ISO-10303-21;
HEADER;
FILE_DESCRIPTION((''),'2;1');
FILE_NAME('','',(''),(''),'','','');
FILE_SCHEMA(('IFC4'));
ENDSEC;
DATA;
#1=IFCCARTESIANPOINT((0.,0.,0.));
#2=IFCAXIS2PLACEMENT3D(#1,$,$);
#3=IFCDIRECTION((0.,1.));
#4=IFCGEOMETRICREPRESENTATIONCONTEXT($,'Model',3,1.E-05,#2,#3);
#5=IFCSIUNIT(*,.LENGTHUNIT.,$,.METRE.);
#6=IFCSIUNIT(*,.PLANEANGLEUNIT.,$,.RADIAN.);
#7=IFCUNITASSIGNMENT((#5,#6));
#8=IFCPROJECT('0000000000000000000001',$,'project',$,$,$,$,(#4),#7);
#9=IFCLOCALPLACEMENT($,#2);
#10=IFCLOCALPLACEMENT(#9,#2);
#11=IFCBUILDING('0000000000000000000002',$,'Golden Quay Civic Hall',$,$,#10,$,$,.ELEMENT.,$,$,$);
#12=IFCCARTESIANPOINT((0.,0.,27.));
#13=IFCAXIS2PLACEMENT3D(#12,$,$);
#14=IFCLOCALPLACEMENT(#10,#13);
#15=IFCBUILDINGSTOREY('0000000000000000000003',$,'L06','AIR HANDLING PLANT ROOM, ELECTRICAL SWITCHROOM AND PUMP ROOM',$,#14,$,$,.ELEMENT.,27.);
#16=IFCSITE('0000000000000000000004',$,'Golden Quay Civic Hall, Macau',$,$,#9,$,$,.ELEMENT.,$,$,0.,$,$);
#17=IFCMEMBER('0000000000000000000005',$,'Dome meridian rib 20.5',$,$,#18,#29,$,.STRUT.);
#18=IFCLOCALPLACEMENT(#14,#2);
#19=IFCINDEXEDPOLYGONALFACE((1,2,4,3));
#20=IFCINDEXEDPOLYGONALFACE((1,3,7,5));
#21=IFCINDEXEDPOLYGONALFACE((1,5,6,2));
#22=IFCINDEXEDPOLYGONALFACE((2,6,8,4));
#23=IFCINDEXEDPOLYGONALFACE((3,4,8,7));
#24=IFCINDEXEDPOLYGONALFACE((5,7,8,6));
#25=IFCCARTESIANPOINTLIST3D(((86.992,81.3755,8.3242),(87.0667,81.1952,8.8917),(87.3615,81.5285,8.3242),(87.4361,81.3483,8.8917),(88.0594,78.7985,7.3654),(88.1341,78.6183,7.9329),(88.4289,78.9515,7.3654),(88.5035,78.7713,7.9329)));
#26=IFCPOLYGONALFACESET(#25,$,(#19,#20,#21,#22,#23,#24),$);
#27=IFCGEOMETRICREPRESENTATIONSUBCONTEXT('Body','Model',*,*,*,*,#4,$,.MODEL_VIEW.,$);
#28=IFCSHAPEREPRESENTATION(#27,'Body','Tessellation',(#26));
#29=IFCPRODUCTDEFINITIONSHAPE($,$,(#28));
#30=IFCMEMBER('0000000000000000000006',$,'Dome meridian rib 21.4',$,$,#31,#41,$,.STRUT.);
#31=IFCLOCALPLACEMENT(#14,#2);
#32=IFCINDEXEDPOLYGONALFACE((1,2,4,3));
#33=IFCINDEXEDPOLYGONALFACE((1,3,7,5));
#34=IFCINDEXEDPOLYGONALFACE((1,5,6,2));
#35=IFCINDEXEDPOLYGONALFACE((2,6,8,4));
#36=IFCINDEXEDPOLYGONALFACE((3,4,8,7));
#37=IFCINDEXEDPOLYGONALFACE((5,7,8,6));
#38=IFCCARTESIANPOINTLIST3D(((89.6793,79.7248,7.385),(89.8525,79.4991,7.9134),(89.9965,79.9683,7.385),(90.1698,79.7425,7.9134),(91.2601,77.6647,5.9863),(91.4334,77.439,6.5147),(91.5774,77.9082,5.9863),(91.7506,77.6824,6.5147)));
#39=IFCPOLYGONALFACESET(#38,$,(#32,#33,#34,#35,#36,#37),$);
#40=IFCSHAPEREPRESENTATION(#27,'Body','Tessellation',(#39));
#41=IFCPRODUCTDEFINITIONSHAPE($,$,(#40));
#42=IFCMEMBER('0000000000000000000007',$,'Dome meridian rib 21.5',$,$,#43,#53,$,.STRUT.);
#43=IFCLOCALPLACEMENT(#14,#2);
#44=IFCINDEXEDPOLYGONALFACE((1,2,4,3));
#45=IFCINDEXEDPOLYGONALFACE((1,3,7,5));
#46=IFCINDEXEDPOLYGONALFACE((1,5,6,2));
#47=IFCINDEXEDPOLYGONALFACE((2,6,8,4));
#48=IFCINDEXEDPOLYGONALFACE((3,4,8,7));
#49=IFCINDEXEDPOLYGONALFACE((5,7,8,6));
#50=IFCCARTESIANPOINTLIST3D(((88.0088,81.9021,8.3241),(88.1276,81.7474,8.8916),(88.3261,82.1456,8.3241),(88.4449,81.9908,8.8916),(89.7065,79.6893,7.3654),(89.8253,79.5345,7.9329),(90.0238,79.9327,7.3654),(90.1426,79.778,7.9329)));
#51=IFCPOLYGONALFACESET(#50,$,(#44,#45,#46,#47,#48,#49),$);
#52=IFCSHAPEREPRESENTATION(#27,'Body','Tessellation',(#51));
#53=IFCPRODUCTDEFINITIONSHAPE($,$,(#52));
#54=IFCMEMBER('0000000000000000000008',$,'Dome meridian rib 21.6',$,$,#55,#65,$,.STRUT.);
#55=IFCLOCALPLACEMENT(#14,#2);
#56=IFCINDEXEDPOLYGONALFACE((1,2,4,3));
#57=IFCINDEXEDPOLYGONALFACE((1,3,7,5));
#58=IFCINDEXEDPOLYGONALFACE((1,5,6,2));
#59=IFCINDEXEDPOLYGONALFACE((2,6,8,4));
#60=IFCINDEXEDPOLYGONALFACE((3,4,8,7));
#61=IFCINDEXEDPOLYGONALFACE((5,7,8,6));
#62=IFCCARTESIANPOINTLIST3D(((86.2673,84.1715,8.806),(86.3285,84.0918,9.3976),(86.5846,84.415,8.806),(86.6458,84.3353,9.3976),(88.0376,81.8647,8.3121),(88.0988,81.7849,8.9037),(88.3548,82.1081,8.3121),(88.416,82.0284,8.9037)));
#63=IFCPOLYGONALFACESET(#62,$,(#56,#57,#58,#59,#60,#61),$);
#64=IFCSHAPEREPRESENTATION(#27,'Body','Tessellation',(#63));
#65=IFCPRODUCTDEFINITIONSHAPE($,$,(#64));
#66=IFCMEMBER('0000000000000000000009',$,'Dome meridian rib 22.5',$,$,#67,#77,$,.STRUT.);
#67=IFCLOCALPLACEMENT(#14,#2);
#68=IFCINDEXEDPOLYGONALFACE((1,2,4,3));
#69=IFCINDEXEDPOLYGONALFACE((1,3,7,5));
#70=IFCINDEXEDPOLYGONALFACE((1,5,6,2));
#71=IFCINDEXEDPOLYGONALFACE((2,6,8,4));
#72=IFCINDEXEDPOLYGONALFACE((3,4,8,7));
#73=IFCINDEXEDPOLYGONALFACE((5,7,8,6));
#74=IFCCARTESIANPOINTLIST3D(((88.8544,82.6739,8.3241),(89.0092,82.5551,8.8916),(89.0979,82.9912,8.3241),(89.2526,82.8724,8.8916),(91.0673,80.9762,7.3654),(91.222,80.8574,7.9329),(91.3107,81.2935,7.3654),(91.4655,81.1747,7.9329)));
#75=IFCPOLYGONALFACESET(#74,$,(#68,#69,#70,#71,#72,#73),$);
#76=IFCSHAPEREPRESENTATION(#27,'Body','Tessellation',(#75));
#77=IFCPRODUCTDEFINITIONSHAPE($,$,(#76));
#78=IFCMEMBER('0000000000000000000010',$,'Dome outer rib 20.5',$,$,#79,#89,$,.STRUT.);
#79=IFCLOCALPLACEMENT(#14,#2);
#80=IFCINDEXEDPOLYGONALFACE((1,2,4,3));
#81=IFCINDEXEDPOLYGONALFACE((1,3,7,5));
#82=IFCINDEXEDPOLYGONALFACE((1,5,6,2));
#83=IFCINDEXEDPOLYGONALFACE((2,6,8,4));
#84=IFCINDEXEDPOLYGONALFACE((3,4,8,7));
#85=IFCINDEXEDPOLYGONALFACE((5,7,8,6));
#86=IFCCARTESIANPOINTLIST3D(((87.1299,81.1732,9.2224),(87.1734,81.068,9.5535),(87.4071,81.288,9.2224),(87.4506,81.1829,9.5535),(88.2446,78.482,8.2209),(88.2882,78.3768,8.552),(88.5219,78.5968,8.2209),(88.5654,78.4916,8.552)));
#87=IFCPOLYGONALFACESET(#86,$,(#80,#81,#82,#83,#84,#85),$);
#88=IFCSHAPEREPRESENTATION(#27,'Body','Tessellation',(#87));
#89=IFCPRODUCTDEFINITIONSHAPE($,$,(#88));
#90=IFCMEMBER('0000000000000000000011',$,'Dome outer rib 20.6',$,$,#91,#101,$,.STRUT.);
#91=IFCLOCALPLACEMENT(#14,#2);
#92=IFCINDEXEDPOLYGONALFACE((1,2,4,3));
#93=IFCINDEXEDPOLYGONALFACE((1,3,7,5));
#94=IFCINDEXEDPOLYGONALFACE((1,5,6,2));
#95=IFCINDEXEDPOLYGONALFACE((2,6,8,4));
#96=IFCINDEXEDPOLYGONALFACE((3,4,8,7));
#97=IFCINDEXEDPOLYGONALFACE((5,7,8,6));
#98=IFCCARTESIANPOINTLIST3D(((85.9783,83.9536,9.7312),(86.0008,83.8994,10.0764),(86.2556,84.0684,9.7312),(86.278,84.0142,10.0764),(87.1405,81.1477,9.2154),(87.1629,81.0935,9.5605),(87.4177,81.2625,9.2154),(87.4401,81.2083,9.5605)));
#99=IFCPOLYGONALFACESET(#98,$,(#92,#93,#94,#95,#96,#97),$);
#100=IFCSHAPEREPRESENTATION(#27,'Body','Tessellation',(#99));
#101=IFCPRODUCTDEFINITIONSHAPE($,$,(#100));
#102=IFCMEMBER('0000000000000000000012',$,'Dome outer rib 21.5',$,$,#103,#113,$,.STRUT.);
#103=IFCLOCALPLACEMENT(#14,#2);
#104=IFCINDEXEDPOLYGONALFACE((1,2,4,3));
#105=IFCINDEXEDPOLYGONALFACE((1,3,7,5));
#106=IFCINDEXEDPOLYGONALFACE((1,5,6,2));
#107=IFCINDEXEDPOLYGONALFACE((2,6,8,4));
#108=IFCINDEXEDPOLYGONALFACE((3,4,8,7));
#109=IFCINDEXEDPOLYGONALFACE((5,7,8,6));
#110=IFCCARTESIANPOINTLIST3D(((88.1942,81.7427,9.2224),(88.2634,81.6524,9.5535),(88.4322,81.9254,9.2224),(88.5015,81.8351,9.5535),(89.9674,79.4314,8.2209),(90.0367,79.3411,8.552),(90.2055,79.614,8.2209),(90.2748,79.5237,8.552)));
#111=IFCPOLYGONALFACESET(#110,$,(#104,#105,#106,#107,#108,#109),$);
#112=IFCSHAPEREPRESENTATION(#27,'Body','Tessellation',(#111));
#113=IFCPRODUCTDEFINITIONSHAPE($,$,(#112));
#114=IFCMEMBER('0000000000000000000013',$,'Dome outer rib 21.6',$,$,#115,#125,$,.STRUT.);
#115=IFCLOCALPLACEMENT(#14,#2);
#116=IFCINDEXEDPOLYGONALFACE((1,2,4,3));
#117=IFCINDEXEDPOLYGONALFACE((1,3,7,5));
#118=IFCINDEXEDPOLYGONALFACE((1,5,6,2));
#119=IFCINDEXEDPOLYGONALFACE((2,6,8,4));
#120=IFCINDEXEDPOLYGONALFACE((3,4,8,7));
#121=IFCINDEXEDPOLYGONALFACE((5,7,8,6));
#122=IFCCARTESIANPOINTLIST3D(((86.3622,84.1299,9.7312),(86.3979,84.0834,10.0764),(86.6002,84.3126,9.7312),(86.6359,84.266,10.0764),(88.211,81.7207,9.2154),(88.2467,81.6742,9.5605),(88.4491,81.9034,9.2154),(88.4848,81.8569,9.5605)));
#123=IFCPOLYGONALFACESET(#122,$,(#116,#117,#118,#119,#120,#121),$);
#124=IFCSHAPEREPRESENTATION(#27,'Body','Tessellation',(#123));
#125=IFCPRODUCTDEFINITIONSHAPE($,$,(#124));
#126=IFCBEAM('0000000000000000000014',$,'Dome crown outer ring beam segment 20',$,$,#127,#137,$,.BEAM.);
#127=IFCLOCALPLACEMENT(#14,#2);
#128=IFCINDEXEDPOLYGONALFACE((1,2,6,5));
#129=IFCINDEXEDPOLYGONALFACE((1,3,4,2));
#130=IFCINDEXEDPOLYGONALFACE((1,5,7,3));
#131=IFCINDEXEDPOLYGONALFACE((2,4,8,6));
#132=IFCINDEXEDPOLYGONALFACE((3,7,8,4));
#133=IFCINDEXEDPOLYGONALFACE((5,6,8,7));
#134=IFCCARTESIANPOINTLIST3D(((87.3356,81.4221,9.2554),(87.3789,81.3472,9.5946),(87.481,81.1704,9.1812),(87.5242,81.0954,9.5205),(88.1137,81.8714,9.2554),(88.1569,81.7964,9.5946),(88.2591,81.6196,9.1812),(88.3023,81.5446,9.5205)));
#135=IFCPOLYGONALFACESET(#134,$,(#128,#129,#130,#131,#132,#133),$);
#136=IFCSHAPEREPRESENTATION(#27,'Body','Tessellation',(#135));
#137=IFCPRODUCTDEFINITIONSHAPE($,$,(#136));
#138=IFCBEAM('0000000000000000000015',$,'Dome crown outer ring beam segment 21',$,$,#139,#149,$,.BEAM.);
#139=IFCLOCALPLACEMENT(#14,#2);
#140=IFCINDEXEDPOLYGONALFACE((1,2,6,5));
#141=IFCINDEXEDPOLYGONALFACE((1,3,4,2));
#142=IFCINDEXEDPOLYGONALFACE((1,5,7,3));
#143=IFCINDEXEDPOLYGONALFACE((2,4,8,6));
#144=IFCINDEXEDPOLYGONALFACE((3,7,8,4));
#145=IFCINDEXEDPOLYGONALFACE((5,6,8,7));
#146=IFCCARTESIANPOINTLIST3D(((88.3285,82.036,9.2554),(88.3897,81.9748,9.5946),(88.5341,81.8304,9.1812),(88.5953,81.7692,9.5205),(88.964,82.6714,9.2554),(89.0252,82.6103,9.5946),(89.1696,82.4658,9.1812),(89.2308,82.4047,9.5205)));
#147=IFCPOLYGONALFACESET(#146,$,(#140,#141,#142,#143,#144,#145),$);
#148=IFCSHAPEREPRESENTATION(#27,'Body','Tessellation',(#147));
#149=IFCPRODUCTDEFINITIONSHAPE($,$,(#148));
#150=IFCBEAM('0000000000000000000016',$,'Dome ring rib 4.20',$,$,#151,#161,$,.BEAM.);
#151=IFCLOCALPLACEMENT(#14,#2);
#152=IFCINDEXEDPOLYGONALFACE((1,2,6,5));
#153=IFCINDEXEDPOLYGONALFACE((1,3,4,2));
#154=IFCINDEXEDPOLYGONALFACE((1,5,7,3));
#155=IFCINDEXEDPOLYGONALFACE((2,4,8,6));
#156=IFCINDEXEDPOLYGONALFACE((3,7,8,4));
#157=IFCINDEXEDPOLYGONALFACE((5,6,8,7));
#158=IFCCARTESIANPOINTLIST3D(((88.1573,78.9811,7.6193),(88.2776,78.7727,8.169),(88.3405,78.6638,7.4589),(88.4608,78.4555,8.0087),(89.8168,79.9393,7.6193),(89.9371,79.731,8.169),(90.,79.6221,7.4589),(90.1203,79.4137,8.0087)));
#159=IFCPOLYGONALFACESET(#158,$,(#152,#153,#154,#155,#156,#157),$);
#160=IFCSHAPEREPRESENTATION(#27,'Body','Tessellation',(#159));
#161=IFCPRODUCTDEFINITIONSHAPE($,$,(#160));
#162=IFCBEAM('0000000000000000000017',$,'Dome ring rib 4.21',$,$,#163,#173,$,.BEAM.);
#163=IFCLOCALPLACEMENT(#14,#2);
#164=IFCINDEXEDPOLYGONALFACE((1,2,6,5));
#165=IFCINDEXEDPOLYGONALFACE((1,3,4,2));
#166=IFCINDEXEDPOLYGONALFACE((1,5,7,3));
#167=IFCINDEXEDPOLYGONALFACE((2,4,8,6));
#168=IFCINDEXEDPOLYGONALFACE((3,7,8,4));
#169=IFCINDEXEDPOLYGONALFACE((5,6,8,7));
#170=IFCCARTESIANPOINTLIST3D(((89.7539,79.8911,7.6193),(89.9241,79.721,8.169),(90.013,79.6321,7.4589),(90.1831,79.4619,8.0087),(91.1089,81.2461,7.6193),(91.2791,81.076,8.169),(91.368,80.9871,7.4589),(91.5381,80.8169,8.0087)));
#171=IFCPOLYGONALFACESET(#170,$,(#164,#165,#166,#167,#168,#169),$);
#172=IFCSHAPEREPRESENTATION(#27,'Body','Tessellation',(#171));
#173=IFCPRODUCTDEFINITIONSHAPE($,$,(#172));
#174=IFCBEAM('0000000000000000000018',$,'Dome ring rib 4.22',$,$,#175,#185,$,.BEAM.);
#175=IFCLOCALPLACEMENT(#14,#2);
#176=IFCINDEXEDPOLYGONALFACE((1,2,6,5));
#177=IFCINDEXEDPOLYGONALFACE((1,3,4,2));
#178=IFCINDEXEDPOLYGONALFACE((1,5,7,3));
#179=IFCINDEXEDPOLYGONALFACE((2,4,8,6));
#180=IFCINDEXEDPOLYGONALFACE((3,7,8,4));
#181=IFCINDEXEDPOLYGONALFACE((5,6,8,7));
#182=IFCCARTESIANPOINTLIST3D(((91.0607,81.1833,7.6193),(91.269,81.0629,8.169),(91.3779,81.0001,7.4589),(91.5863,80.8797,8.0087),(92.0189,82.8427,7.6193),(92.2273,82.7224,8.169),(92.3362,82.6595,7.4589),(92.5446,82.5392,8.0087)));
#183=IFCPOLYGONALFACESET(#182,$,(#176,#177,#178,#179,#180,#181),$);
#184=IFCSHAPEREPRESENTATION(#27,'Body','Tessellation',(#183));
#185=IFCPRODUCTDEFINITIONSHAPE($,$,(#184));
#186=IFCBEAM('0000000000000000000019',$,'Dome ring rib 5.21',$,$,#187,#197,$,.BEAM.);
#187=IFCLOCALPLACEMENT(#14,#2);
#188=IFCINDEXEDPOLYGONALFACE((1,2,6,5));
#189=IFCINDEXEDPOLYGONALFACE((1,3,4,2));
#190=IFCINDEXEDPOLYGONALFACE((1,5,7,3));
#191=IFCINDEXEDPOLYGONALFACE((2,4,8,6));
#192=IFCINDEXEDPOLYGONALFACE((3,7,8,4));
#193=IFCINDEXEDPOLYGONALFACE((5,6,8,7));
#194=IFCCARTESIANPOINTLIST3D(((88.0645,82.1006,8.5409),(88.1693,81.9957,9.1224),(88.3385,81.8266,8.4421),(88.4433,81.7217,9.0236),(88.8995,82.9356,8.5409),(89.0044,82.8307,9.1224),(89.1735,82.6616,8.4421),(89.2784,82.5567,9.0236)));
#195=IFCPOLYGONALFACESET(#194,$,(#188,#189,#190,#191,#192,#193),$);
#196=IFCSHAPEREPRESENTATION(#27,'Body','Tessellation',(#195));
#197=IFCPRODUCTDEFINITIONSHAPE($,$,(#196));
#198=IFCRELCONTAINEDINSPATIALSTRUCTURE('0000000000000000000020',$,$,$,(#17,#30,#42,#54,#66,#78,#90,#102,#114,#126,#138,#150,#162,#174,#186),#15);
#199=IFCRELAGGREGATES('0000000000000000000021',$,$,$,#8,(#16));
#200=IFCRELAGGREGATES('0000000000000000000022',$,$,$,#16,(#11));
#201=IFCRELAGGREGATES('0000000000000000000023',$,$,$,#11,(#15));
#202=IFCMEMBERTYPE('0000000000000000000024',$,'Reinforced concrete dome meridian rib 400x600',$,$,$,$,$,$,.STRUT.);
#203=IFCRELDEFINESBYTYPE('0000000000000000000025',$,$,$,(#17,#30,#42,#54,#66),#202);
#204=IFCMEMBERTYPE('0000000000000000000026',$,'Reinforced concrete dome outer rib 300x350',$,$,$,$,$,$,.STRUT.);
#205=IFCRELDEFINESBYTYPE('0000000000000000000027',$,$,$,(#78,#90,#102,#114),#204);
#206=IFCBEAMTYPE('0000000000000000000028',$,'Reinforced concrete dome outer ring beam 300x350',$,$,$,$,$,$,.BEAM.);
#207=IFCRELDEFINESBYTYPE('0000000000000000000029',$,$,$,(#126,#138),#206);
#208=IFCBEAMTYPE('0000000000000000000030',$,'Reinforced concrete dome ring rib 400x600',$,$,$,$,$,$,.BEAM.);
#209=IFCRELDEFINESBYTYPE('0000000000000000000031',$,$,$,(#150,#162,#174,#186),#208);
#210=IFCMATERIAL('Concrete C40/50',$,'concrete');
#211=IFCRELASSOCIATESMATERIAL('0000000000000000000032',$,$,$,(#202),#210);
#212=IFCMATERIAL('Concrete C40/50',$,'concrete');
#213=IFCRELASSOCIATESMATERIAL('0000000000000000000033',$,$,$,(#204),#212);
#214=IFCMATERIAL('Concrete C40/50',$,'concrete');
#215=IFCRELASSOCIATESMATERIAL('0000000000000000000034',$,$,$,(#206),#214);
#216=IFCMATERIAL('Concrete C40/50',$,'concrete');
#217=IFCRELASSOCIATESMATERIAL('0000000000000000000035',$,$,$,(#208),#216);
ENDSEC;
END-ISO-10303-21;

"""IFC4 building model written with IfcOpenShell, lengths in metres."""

from ifc_helpers import new_model, si_unit, direction, frame, origin, origin_2d, place, context, subcontext, project, spatial, rectangle, extrude, material, material_profile, profile_set, type_object, element, save


model = new_model("IFC4")

# Units and contexts
model_context = context("Model", 3, precision=1e-05, world=origin(), true_north=direction((0.0, 1.0)))
body_context = subcontext(model_context, "Body", "Model", "MODEL_VIEW")
ifc_project = project(units=[si_unit("LENGTHUNIT", "METRE"), si_unit("PLANEANGLEUNIT", "RADIAN")], contexts=[model_context])

# Site, building, storey
site_placement = place(None, origin())
site = spatial("IfcSite", under=ifc_project, at=site_placement, Name="Golden Quay Civic Hall, Macau", CompositionType="ELEMENT", RefElevation=0.0)
building_placement = place(site_placement, origin())
building = spatial("IfcBuilding", under=site, at=building_placement, Name="Golden Quay Civic Hall", CompositionType="ELEMENT")
storey_placement = place(building_placement, frame((0.0, 0.0, 27.0)))
storey = spatial("IfcBuildingStorey", under=building, at=storey_placement, Name="L06", Description="AIR HANDLING PLANT ROOM, ELECTRICAL SWITCHROOM AND PUMP ROOM", CompositionType="ELEMENT", Elevation=27.0)

# Members
ifc_material_1 = material(Name="Concrete C40/50", Category="concrete")
ifc_material_profile_1 = material_profile(ifc_material_1, rectangle(XDim=0.3999, YDim=0.6001, at=origin_2d()), Name="RC 400x600")
ifc_profile_set_1 = profile_set([ifc_material_profile_1], Name="Concrete C40/50")
member_type_1 = type_object("IfcMemberType", Name="Reinforced concrete dome meridian rib 400x600", PredefinedType="STRUT", material=ifc_profile_set_1)
for number, where, z_axis, x_axis, name in (
    (1, (88.2815, 78.7849, 7.6492), (-0.361899, 0.873706, 0.325063), (-0.92388, -0.382682, 0.0), "Dome meridian rib 20.5"),
    (2, (91.5054, 77.6736, 6.2505), (-0.535972, 0.698461, 0.474222), (-0.79334, -0.608779, 0.0), "Dome meridian rib 21.4"),
):
    element("IfcMember", number, at=place(storey_placement, frame(where, z_axis=z_axis, x_axis=x_axis)), inside=storey, type_object=member_type_1, Name=name, PredefinedType="STRUT", context=body_context, shape_type="SweptSolid", body=[
        extrude(rectangle(XDim=0.3999, YDim=0.6001, at=origin_2d()), origin(), (0.0, 0.0, 1.0), 2.9495),
    ])
member_1_placement = place(storey_placement, frame((89.9246, 79.7336, 7.6492), z_axis=(-0.575644, 0.750308, 0.325073), x_axis=(-0.793398, -0.608703, 0.0)))
element("IfcMember", 3, at=member_1_placement, inside=storey, type_object=member_type_1, Name="Dome meridian rib 21.5", PredefinedType="STRUT", context=body_context, shape_type="SweptSolid", body=[
    extrude(rectangle(XDim=0.3999, YDim=0.6001, at=origin_2d()), origin(), (0.0, 0.0, 1.0), 2.9492),
])
member_2_placement = place(storey_placement, frame((88.2268, 81.9465, 8.6079), z_axis=(-0.600193, 0.78213, 0.167452), x_axis=(-0.793332, -0.608789, 0.0)))
element("IfcMember", 4, at=member_2_placement, inside=storey, type_object=member_type_1, Name="Dome meridian rib 21.6", PredefinedType="STRUT", context=body_context, shape_type="SweptSolid", body=[
    extrude(rectangle(XDim=0.3999, YDim=0.6001, at=origin_2d()), origin(), (0.0, 0.0, 1.0), 2.9495),
])
member_3_placement = place(storey_placement, frame((91.2664, 81.0754, 7.6492), z_axis=(-0.750308, 0.575644, 0.325073), x_axis=(-0.608703, -0.793398, 0.0)))
element("IfcMember", 5, at=member_3_placement, inside=storey, type_object=member_type_1, Name="Dome meridian rib 22.5", PredefinedType="STRUT", context=body_context, shape_type="SweptSolid", body=[
    extrude(rectangle(XDim=0.3999, YDim=0.6001, at=origin_2d()), origin(), (0.0, 0.0, 1.0), 2.9492),
])
ifc_material_2 = material(Name="Concrete C40/50", Category="concrete")
ifc_material_profile_2 = material_profile(ifc_material_2, rectangle(XDim=0.3, YDim=0.3501, at=origin_2d()), Name="RC 300x350")
ifc_profile_set_2 = profile_set([ifc_material_profile_2], Name="Concrete C40/50")
member_type_2 = type_object("IfcMemberType", Name="Reinforced concrete dome outer rib 300x350", PredefinedType="STRUT", material=ifc_profile_set_2)
member_4_placement = place(storey_placement, frame((88.405, 78.4868, 8.3865), z_axis=(-0.361901, 0.873683, 0.325124), x_axis=(-0.923876, -0.382692, 0.0)))
element("IfcMember", 6, at=member_4_placement, inside=storey, type_object=member_type_2, Name="Dome outer rib 20.5", PredefinedType="STRUT", context=body_context, shape_type="SweptSolid", body=[
    extrude(rectangle(XDim=0.3, YDim=0.3501, at=origin_2d()), origin(), (0.0, 0.0, 1.0), 3.0803),
])
for number, where, z_axis, x_axis, name in (
    (7, (87.2903, 81.178, 9.3879), (-0.377242, 0.910849, 0.167461), (-0.923895, -0.382645, 0.0), "Dome outer rib 20.6"),
    (8, (90.1211, 79.4775, 8.3865), (-0.575628, 0.750306, 0.325104), (-0.793405, -0.608694, 0.0), "Dome outer rib 21.5"),
):
    element("IfcMember", number, at=place(storey_placement, frame(where, z_axis=z_axis, x_axis=x_axis)), inside=storey, type_object=member_type_2, Name=name, PredefinedType="STRUT", context=body_context, shape_type="SweptSolid", body=[
        extrude(rectangle(XDim=0.3, YDim=0.3501, at=origin_2d()), origin(), (0.0, 0.0, 1.0), 3.0806),
    ])
member_5_placement = place(storey_placement, frame((88.3479, 81.7888, 9.3879), z_axis=(-0.600215, 0.78211, 0.16747), x_axis=(-0.793314, -0.608813, 0.0)))
element("IfcMember", 9, at=member_5_placement, inside=storey, type_object=member_type_2, Name="Dome outer rib 21.6", PredefinedType="STRUT", context=body_context, shape_type="SweptSolid", body=[
    extrude(rectangle(XDim=0.3, YDim=0.3501, at=origin_2d()), origin(), (0.0, 0.0, 1.0), 3.0803),
])

# Beams
ifc_material_3 = material(Name="Concrete C40/50", Category="concrete")
ifc_material_profile_3 = material_profile(ifc_material_3, rectangle(XDim=0.3, YDim=0.3501, at=origin_2d()), Name="RC 300x350")
ifc_profile_set_3 = profile_set([ifc_material_profile_3], Name="Concrete C40/50")
beam_type_1 = type_object("IfcBeamType", Name="Reinforced concrete dome outer ring beam 300x350", PredefinedType="BEAM", material=ifc_profile_set_3)
beam_1_placement = place(storey_placement, frame((87.4299, 81.2588, 9.3879), z_axis=(0.866027, 0.499997, 0.0), x_axis=(-0.484493, 0.839173, 0.247094)))
element("IfcBeam", 10, at=beam_1_placement, inside=storey, type_object=beam_type_1, Name="Dome crown outer ring beam segment 20", PredefinedType="BEAM", context=body_context, shape_type="SweptSolid", body=[
    extrude(rectangle(XDim=0.3, YDim=0.3501, at=origin_2d()), origin(), (0.0, 0.0, 1.0), 0.8984),
])
beam_2_placement = place(storey_placement, frame((88.4619, 81.9026, 9.3879), z_axis=(0.707107, 0.707107, 0.0), x_axis=(-0.685181, 0.685181, 0.247094)))
element("IfcBeam", 11, at=beam_2_placement, inside=storey, type_object=beam_type_1, Name="Dome crown outer ring beam segment 21", PredefinedType="BEAM", context=body_context, shape_type="SweptSolid", body=[
    extrude(rectangle(XDim=0.3, YDim=0.3501, at=origin_2d()), origin(), (0.0, 0.0, 1.0), 0.8987),
])
ifc_material_4 = material(Name="Concrete C40/50", Category="concrete")
ifc_material_profile_4 = material_profile(ifc_material_4, rectangle(XDim=0.3999, YDim=0.6001, at=origin_2d()), Name="RC 400x600")
ifc_profile_set_4 = profile_set([ifc_material_profile_4], Name="Concrete C40/50")
beam_type_2 = type_object("IfcBeamType", Name="Reinforced concrete dome ring rib 400x600", PredefinedType="BEAM", material=ifc_profile_set_4)
for number, where, z_axis, x_axis, name in (
    (12, (88.3091, 78.7183, 7.814), (0.865984, 0.500072, 0.0), (-0.458114, 0.793325, 0.400958), "Dome ring rib 4.20"),
    (13, (89.9685, 79.6765, 7.814), (0.707107, 0.707107, 0.0), (-0.647778, 0.647778, 0.400958), "Dome ring rib 4.21"),
    (14, (91.3235, 81.0315, 7.814), (0.500072, 0.865984, 0.0), (-0.793325, 0.458114, 0.400958), "Dome ring rib 4.22"),
):
    element("IfcBeam", number, at=place(storey_placement, frame(where, z_axis=z_axis, x_axis=x_axis)), inside=storey, type_object=beam_type_2, Name=name, PredefinedType="BEAM", context=body_context, shape_type="SweptSolid", body=[
        extrude(rectangle(XDim=0.3999, YDim=0.6001, at=origin_2d()), origin(), (0.0, 0.0, 1.0), 1.9163),
    ])
beam_3_placement = place(storey_placement, frame((88.2539, 81.9111, 8.7822), z_axis=(0.707107, 0.707107, 0.0), x_axis=(-0.685181, 0.685181, 0.247094)))
element("IfcBeam", 15, at=beam_3_placement, inside=storey, type_object=beam_type_2, Name="Dome ring rib 5.21", PredefinedType="BEAM", context=body_context, shape_type="SweptSolid", body=[
    extrude(rectangle(XDim=0.3999, YDim=0.6001, at=origin_2d()), origin(), (0.0, 0.0, 1.0), 1.1809),
])

save(model, "model.ifc")
